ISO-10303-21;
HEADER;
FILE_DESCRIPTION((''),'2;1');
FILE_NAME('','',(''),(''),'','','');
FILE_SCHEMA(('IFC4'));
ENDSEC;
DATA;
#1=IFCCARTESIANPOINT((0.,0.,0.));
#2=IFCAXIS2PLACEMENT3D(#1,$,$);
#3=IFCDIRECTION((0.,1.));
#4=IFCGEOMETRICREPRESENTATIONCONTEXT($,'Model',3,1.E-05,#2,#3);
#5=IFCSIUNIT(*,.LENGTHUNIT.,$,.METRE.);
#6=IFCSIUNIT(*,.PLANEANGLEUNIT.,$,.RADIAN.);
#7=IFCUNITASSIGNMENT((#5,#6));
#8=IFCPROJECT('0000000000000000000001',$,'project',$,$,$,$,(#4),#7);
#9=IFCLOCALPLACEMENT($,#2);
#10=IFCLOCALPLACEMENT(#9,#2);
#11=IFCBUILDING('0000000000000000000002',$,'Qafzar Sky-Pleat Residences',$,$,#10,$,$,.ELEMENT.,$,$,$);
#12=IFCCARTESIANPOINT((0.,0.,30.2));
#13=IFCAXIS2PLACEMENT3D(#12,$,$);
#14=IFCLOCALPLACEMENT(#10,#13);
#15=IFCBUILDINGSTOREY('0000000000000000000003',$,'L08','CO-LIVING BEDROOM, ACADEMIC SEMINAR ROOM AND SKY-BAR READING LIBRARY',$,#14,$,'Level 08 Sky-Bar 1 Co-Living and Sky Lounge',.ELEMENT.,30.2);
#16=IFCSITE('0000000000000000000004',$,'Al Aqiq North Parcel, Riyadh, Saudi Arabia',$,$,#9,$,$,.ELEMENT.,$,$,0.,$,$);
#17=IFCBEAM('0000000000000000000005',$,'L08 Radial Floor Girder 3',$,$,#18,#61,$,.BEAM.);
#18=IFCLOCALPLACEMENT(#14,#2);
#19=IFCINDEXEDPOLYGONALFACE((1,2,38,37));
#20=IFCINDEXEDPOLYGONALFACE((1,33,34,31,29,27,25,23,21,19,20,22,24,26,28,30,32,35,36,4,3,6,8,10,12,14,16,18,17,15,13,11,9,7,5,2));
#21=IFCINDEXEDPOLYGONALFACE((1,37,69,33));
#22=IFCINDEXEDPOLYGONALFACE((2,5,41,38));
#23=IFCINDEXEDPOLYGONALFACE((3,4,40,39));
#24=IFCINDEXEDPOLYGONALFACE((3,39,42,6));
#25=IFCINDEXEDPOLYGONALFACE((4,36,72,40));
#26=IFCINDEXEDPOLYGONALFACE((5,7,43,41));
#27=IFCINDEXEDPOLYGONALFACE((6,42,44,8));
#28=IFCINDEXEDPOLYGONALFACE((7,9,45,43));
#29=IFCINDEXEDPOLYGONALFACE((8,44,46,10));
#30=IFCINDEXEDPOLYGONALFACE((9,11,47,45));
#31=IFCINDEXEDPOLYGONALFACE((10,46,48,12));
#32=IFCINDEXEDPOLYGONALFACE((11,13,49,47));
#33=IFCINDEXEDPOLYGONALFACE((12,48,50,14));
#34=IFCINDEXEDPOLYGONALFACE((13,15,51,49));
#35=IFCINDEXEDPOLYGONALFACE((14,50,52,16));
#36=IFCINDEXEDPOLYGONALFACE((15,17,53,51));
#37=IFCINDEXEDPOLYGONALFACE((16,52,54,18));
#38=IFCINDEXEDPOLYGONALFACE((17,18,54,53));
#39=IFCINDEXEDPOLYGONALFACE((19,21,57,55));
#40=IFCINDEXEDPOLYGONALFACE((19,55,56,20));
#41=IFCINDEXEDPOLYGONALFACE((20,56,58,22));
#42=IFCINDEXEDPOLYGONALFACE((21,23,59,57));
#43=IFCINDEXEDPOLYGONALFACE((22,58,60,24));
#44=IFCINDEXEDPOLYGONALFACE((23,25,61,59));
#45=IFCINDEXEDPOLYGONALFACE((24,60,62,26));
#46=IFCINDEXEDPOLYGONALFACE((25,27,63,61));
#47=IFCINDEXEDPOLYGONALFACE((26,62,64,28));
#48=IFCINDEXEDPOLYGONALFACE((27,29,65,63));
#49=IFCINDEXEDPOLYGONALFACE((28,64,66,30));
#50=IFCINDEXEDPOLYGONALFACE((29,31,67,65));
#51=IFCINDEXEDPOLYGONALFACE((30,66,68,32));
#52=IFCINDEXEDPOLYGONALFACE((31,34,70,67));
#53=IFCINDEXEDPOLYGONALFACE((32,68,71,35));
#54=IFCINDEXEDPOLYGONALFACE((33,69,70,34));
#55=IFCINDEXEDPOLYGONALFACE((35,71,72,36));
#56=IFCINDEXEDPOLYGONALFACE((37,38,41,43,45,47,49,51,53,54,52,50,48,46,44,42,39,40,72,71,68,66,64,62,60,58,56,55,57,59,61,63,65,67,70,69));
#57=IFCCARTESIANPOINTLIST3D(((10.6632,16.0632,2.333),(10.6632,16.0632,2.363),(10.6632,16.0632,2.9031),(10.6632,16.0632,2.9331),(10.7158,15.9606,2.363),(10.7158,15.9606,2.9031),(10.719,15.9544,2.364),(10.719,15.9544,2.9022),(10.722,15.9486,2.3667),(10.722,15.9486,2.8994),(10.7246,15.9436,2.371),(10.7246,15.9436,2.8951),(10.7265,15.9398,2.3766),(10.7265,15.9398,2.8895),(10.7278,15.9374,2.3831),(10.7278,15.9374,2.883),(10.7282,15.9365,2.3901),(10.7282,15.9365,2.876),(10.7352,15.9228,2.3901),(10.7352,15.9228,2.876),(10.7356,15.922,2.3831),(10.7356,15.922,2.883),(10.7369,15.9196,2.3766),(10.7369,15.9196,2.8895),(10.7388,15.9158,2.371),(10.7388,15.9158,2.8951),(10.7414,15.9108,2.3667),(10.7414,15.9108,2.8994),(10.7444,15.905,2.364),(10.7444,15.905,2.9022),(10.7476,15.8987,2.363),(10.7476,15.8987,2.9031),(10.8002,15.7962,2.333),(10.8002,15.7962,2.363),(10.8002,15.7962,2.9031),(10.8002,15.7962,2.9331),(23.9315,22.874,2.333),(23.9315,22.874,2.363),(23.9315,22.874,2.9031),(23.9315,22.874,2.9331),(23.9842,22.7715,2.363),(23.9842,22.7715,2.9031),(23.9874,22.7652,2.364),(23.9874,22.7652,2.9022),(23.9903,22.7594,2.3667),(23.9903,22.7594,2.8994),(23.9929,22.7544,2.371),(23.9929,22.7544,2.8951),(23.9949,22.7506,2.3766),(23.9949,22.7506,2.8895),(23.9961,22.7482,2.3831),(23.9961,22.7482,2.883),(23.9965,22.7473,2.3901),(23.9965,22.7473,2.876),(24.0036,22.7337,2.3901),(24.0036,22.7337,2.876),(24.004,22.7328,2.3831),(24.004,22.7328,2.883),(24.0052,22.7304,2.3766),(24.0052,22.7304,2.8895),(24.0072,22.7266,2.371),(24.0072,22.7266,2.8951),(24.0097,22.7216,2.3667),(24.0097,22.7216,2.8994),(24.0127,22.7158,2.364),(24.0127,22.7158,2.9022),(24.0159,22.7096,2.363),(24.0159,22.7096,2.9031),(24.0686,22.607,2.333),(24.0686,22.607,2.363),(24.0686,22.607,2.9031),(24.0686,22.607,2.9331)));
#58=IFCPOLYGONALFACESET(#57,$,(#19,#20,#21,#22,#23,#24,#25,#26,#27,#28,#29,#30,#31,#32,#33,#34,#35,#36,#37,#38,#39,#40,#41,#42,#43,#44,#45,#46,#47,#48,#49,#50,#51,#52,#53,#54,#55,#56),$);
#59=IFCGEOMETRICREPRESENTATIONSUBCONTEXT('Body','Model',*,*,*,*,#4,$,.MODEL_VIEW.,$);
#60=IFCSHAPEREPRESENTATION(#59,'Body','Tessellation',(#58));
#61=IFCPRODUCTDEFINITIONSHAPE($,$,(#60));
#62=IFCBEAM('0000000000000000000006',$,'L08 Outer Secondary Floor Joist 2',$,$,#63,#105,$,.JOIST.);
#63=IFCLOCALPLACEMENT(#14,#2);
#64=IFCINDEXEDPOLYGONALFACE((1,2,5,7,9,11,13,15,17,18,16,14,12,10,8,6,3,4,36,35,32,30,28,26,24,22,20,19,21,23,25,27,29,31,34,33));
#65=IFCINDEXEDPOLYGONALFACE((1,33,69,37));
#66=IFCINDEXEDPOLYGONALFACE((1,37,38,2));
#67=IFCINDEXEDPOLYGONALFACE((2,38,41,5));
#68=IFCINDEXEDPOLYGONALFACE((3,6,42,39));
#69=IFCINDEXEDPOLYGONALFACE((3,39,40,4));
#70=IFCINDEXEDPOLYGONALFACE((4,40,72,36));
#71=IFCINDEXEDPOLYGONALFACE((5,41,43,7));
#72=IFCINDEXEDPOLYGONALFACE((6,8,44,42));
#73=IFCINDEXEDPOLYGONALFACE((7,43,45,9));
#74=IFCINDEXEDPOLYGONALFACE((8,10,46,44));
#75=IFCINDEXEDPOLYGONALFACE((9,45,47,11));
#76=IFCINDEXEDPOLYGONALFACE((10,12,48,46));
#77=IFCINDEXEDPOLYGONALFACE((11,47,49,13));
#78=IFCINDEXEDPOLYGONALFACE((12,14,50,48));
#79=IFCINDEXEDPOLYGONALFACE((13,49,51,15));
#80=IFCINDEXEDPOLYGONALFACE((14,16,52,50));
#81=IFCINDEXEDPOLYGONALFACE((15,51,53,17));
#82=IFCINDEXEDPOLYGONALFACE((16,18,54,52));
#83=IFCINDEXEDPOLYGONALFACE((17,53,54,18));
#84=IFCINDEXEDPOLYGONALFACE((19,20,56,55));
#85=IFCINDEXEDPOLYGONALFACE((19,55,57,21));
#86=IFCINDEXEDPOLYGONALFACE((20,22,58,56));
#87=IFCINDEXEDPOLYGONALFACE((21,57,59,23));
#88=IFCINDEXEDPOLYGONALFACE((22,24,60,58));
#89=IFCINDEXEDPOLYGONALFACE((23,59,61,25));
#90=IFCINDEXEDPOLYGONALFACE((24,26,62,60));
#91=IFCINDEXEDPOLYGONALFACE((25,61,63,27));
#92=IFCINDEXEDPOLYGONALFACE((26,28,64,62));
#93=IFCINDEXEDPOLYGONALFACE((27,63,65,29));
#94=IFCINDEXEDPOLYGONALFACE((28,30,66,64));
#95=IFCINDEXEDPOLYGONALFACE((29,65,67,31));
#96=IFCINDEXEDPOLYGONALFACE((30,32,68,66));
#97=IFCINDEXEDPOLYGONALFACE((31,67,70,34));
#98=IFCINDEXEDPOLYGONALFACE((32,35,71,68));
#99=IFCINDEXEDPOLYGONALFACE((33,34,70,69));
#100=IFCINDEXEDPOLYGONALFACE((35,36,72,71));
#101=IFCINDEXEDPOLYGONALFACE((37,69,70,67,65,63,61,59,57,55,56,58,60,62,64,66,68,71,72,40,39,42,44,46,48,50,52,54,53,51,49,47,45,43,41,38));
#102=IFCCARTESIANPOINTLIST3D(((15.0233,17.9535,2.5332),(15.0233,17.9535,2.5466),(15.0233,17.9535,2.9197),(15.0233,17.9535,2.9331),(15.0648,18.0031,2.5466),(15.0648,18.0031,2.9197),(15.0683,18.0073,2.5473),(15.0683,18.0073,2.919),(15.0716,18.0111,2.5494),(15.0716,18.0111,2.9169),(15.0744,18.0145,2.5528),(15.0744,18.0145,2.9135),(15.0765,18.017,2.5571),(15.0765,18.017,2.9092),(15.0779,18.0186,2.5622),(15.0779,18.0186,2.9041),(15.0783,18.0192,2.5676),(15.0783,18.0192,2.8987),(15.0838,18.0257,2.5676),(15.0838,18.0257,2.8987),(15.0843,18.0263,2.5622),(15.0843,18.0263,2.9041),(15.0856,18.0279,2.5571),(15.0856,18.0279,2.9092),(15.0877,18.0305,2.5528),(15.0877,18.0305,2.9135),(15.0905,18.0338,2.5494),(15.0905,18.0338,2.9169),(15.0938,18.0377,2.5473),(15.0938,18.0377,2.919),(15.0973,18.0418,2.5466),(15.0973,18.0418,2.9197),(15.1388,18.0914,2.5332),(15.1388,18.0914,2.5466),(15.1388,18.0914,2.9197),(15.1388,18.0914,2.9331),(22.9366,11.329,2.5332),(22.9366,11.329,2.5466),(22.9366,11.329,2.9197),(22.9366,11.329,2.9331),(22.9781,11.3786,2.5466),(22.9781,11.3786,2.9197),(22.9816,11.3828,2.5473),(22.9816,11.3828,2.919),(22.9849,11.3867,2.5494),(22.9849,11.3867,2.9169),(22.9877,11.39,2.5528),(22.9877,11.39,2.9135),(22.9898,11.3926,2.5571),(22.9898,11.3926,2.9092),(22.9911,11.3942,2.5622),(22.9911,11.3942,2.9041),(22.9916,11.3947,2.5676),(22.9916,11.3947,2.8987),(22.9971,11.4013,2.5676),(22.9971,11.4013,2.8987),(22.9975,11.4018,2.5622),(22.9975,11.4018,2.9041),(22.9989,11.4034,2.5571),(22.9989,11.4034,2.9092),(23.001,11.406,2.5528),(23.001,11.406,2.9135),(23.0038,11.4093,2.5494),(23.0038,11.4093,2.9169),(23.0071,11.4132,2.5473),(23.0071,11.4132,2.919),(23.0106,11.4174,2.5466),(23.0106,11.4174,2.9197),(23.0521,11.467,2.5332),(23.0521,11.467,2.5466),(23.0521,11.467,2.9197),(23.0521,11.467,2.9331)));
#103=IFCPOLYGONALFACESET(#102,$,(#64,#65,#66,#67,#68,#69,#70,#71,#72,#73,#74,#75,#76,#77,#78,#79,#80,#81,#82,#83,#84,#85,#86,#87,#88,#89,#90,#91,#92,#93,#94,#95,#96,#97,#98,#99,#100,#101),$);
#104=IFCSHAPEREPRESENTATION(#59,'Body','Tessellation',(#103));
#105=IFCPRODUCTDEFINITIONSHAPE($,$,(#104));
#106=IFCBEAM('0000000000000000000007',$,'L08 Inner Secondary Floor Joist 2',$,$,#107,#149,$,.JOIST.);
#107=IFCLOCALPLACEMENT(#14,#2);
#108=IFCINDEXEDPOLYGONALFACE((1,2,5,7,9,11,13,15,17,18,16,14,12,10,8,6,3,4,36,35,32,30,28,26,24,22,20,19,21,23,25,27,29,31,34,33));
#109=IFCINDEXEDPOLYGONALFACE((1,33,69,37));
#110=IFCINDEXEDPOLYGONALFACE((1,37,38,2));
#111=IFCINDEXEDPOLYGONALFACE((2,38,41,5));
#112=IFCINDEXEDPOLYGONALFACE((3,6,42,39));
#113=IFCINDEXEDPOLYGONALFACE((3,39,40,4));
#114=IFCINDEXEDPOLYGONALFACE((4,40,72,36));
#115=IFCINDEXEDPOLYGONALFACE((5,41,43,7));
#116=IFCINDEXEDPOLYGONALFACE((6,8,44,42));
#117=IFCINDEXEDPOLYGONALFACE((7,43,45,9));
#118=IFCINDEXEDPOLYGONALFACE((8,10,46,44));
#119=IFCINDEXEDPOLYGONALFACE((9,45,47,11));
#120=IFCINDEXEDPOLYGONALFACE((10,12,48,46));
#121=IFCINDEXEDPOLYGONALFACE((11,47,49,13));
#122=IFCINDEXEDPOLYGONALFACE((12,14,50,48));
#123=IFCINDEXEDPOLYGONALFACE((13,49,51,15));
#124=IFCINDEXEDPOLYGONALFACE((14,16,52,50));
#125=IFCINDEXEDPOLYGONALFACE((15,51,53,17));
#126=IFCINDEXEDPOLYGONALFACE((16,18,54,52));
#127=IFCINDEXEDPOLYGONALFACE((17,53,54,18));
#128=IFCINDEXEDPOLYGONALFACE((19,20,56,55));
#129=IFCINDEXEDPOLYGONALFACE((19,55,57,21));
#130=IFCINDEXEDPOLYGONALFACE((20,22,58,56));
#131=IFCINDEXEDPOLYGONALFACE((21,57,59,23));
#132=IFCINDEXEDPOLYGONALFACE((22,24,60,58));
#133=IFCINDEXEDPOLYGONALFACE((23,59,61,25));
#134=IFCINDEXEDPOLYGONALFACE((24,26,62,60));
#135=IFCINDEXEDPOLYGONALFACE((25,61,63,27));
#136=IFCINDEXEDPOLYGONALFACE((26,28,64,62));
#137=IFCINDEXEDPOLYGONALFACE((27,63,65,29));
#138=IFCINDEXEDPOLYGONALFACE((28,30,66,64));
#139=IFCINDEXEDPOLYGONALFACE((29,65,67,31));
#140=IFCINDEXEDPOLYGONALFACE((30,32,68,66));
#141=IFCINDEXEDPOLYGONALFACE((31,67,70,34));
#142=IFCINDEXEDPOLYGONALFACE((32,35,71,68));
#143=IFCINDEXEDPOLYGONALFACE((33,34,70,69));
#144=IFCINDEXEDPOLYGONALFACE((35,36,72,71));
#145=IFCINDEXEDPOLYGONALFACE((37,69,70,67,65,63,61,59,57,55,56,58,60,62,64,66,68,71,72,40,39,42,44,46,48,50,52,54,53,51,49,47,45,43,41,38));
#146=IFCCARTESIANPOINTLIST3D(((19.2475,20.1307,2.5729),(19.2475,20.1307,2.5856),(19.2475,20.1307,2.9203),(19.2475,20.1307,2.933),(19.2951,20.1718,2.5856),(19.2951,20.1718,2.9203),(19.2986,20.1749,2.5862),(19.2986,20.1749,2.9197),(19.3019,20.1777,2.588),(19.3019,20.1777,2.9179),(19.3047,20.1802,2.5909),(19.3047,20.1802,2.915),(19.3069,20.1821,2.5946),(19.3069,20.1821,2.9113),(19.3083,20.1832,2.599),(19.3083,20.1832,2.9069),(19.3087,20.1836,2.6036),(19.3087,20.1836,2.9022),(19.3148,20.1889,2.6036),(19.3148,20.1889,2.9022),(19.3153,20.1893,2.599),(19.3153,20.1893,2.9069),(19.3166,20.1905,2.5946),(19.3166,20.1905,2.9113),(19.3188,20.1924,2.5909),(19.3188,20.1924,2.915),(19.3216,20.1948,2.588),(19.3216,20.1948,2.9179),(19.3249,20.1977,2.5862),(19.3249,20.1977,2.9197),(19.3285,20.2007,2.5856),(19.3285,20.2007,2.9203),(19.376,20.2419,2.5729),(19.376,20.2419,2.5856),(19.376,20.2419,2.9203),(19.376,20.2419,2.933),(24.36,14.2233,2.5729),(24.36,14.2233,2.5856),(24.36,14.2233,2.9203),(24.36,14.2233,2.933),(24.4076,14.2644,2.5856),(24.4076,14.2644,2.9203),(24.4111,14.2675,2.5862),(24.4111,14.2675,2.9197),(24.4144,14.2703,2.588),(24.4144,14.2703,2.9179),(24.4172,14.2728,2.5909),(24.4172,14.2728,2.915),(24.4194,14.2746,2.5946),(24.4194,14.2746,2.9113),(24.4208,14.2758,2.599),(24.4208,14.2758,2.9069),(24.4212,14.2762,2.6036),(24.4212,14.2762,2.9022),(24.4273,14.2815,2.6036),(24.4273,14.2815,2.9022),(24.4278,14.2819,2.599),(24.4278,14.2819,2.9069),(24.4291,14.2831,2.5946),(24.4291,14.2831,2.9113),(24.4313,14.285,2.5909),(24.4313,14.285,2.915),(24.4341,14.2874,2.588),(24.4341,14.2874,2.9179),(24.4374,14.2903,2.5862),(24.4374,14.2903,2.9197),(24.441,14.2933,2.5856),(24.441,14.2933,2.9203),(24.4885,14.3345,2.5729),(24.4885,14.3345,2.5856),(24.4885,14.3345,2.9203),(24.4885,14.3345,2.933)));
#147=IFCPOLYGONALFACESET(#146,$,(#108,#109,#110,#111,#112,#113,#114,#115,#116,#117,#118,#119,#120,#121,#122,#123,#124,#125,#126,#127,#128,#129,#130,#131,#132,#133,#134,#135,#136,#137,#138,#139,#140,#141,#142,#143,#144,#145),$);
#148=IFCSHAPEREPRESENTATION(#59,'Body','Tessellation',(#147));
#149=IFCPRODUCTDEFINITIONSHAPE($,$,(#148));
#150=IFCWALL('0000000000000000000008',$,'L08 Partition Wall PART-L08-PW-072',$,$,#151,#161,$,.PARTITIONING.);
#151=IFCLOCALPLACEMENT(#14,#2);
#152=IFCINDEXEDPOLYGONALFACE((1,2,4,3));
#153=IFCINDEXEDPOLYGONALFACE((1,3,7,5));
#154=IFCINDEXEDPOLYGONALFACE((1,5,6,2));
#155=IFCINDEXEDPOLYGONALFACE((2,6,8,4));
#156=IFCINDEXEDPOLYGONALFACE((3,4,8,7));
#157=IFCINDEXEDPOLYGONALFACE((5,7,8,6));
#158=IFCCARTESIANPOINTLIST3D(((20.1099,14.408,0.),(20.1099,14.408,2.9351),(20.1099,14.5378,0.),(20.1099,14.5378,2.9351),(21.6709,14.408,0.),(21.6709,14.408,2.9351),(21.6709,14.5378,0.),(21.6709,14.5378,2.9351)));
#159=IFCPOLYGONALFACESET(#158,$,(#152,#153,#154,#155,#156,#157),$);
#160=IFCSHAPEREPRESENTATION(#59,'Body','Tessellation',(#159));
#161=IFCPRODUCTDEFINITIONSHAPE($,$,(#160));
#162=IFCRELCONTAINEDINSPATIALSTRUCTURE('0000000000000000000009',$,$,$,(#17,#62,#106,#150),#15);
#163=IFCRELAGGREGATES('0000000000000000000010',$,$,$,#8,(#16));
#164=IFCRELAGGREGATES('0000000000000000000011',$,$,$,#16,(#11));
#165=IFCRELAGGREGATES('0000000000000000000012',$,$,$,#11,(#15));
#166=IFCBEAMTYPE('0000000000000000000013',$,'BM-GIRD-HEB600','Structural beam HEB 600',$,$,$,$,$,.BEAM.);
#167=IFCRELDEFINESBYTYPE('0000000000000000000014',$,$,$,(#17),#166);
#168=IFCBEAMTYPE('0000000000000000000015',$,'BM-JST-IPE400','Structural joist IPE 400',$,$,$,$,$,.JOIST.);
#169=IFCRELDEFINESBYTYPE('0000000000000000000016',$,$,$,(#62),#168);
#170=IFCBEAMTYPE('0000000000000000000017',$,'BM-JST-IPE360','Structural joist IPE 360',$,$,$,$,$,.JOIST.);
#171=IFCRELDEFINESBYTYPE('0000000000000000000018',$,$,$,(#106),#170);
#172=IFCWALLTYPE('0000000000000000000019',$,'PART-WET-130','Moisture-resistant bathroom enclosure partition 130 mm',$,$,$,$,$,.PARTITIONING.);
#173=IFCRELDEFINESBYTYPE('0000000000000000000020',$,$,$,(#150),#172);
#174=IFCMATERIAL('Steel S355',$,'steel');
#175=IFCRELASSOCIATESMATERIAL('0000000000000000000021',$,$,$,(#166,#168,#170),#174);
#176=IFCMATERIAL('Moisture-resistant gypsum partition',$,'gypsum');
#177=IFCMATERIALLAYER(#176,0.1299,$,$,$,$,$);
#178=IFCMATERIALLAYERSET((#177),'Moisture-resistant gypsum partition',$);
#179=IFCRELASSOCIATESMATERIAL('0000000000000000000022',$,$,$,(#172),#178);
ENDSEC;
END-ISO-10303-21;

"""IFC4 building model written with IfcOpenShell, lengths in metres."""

from ifc_helpers import new_model, si_unit, direction, frame, frame_2d, origin, origin_2d, place, context, subcontext, project, spatial, rectangle, i_section, extrude, source, transform, mapped, material, layer, layer_set, material_profile, profile_set, type_object, element, save


model = new_model("IFC4")

# Units and contexts
model_context = context("Model", 3, precision=1e-05, world=origin(), true_north=direction((0.0, 1.0)))
body_context = subcontext(model_context, "Body", "Model", "MODEL_VIEW")
ifc_project = project(units=[si_unit("LENGTHUNIT", "METRE"), si_unit("PLANEANGLEUNIT", "RADIAN")], contexts=[model_context])

# Site, building, storey
site_placement = place(None, origin())
site = spatial("IfcSite", under=ifc_project, at=site_placement, Name="Al Aqiq North Parcel, Riyadh, Saudi Arabia", CompositionType="ELEMENT", RefElevation=0.0)
building_placement = place(site_placement, origin())
building = spatial("IfcBuilding", under=site, at=building_placement, Name="Qafzar Sky-Pleat Residences", CompositionType="ELEMENT")
storey_placement = place(building_placement, frame((0.0, 0.0, 30.2)))
storey = spatial("IfcBuildingStorey", under=building, at=storey_placement, Name="L08", Description="CO-LIVING BEDROOM, ACADEMIC SEMINAR ROOM AND SKY-BAR READING LIBRARY", LongName="Level 08 Sky-Bar 1 Co-Living and Sky Lounge", CompositionType="ELEMENT", Elevation=30.2)

# Beams
ifc_material_1 = material(Name="Steel S355", Category="steel")
ifc_material_profile_1 = material_profile(ifc_material_1, i_section(OverallWidth=0.3, OverallDepth=0.6001, WebThickness=0.0154, FlangeThickness=0.03, FilletRadius=0.0271, at=origin_2d()), Name="HEB 600")
ifc_profile_set_1 = profile_set([ifc_material_profile_1], Name="Steel S355")
beam_type_1 = type_object("IfcBeamType", Name="BM-GIRD-HEB600", Description="Structural beam HEB 600", PredefinedType="BEAM", material=ifc_profile_set_1)
shared_shape_1 = source(origin(), body_context, "Body", "SweptSolid", [
    extrude(i_section(OverallWidth=0.3, OverallDepth=0.6001, WebThickness=0.0154, FlangeThickness=0.03, FilletRadius=0.0271, at=origin_2d()), origin(), (0.0, 0.0, 1.0), 14.9143),
])
beam_1_placement = place(storey_placement, frame((10.7317, 15.9297, 2.6331), z_axis=(0.88964, 0.456663, 0.0), x_axis=(-0.456663, 0.88964, 0.0)))
element("IfcBeam", 1, at=beam_1_placement, inside=storey, type_object=beam_type_1, Name="L08 Radial Floor Girder 3", PredefinedType="BEAM", context=body_context, shape_type="MappedRepresentation", body=[
    mapped(shared_shape_1, transform((0.0, 0.0, 0.0), x_axis=(1.0, 0.0, 0.0), y_axis=(0.0, 1.0, 0.0), z_axis=(0.0, 0.0, 1.0), scale=1.0)),
])
ifc_material_profile_2 = material_profile(ifc_material_1, i_section(OverallWidth=0.1799, OverallDepth=0.3999, WebThickness=0.0085, FlangeThickness=0.0134, FilletRadius=0.021, at=origin_2d()), Name="IPE 400")
ifc_profile_set_2 = profile_set([ifc_material_profile_2], Name="Steel S355")
beam_type_2 = type_object("IfcBeamType", Name="BM-JST-IPE400", Description="Structural joist IPE 400", PredefinedType="JOIST", material=ifc_profile_set_2)
shared_shape_2 = source(origin(), body_context, "Body", "SweptSolid", [
    extrude(i_section(OverallWidth=0.1799, OverallDepth=0.3999, WebThickness=0.0085, FlangeThickness=0.0134, FilletRadius=0.021, at=origin_2d()), origin(), (0.0, 0.0, 1.0), 10.3201),
])
beam_2_placement = place(storey_placement, frame((15.0811, 18.0225, 2.7332), z_axis=(0.766786, -0.641902, 0.0), x_axis=(0.641902, 0.766786, 0.0)))
element("IfcBeam", 2, at=beam_2_placement, inside=storey, type_object=beam_type_2, Name="L08 Outer Secondary Floor Joist 2", PredefinedType="JOIST", context=body_context, shape_type="MappedRepresentation", body=[
    mapped(shared_shape_2, transform((0.0, 0.0, 0.0), x_axis=(1.0, 0.0, 0.0), y_axis=(0.0, 1.0, 0.0), z_axis=(0.0, 0.0, 1.0), scale=1.0)),
])
ifc_material_profile_3 = material_profile(ifc_material_1, i_section(OverallWidth=0.1699, OverallDepth=0.3601, WebThickness=0.0081, FlangeThickness=0.0127, FilletRadius=0.0181, at=origin_2d()), Name="IPE 360")
ifc_profile_set_3 = profile_set([ifc_material_profile_3], Name="Steel S355")
beam_type_3 = type_object("IfcBeamType", Name="BM-JST-IPE360", Description="Structural joist IPE 360", PredefinedType="JOIST", material=ifc_profile_set_3)
shared_shape_3 = source(origin(), body_context, "Body", "SweptSolid", [
    extrude(i_section(OverallWidth=0.1699, OverallDepth=0.3601, WebThickness=0.0081, FlangeThickness=0.0127, FilletRadius=0.0181, at=origin_2d()), origin(), (0.0, 0.0, 1.0), 7.8125),
])
beam_3_placement = place(storey_placement, frame((19.3118, 20.1863, 2.7529), z_axis=(0.6544, -0.756149, 0.0), x_axis=(0.756149, 0.6544, 0.0)))
element("IfcBeam", 3, at=beam_3_placement, inside=storey, type_object=beam_type_3, Name="L08 Inner Secondary Floor Joist 2", PredefinedType="JOIST", context=body_context, shape_type="MappedRepresentation", body=[
    mapped(shared_shape_3, transform((0.0, 0.0, 0.0), x_axis=(1.0, 0.0, 0.0), y_axis=(0.0, 1.0, 0.0), z_axis=(0.0, 0.0, 1.0), scale=1.0)),
])

# Wall
ifc_material_2 = material(Name="Moisture-resistant gypsum partition", Category="gypsum")
ifc_layer_1 = layer(ifc_material_2, 0.1299)
ifc_layer_set_1 = layer_set([ifc_layer_1], Name="Moisture-resistant gypsum partition")
wall_type_1 = type_object("IfcWallType", Name="PART-WET-130", Description="Moisture-resistant bathroom enclosure partition 130 mm", PredefinedType="PARTITIONING", material=ifc_layer_set_1)
wall_1_placement = place(storey_placement, frame((20.1099, 14.4729, 0.0), z_axis=(0.0, 0.0, 1.0), x_axis=(1.0, 0.0, 0.0)))
element("IfcWall", 4, at=wall_1_placement, inside=storey, type_object=wall_type_1, Name="L08 Partition Wall PART-L08-PW-072", PredefinedType="PARTITIONING", context=body_context, shape_type="SweptSolid", body=[
    extrude(rectangle(XDim=1.561, YDim=0.1299, at=frame_2d((0.7805, 0.0))), origin(), (0.0, 0.0, 1.0), 2.9351),
])

save(model, "model.ifc")
